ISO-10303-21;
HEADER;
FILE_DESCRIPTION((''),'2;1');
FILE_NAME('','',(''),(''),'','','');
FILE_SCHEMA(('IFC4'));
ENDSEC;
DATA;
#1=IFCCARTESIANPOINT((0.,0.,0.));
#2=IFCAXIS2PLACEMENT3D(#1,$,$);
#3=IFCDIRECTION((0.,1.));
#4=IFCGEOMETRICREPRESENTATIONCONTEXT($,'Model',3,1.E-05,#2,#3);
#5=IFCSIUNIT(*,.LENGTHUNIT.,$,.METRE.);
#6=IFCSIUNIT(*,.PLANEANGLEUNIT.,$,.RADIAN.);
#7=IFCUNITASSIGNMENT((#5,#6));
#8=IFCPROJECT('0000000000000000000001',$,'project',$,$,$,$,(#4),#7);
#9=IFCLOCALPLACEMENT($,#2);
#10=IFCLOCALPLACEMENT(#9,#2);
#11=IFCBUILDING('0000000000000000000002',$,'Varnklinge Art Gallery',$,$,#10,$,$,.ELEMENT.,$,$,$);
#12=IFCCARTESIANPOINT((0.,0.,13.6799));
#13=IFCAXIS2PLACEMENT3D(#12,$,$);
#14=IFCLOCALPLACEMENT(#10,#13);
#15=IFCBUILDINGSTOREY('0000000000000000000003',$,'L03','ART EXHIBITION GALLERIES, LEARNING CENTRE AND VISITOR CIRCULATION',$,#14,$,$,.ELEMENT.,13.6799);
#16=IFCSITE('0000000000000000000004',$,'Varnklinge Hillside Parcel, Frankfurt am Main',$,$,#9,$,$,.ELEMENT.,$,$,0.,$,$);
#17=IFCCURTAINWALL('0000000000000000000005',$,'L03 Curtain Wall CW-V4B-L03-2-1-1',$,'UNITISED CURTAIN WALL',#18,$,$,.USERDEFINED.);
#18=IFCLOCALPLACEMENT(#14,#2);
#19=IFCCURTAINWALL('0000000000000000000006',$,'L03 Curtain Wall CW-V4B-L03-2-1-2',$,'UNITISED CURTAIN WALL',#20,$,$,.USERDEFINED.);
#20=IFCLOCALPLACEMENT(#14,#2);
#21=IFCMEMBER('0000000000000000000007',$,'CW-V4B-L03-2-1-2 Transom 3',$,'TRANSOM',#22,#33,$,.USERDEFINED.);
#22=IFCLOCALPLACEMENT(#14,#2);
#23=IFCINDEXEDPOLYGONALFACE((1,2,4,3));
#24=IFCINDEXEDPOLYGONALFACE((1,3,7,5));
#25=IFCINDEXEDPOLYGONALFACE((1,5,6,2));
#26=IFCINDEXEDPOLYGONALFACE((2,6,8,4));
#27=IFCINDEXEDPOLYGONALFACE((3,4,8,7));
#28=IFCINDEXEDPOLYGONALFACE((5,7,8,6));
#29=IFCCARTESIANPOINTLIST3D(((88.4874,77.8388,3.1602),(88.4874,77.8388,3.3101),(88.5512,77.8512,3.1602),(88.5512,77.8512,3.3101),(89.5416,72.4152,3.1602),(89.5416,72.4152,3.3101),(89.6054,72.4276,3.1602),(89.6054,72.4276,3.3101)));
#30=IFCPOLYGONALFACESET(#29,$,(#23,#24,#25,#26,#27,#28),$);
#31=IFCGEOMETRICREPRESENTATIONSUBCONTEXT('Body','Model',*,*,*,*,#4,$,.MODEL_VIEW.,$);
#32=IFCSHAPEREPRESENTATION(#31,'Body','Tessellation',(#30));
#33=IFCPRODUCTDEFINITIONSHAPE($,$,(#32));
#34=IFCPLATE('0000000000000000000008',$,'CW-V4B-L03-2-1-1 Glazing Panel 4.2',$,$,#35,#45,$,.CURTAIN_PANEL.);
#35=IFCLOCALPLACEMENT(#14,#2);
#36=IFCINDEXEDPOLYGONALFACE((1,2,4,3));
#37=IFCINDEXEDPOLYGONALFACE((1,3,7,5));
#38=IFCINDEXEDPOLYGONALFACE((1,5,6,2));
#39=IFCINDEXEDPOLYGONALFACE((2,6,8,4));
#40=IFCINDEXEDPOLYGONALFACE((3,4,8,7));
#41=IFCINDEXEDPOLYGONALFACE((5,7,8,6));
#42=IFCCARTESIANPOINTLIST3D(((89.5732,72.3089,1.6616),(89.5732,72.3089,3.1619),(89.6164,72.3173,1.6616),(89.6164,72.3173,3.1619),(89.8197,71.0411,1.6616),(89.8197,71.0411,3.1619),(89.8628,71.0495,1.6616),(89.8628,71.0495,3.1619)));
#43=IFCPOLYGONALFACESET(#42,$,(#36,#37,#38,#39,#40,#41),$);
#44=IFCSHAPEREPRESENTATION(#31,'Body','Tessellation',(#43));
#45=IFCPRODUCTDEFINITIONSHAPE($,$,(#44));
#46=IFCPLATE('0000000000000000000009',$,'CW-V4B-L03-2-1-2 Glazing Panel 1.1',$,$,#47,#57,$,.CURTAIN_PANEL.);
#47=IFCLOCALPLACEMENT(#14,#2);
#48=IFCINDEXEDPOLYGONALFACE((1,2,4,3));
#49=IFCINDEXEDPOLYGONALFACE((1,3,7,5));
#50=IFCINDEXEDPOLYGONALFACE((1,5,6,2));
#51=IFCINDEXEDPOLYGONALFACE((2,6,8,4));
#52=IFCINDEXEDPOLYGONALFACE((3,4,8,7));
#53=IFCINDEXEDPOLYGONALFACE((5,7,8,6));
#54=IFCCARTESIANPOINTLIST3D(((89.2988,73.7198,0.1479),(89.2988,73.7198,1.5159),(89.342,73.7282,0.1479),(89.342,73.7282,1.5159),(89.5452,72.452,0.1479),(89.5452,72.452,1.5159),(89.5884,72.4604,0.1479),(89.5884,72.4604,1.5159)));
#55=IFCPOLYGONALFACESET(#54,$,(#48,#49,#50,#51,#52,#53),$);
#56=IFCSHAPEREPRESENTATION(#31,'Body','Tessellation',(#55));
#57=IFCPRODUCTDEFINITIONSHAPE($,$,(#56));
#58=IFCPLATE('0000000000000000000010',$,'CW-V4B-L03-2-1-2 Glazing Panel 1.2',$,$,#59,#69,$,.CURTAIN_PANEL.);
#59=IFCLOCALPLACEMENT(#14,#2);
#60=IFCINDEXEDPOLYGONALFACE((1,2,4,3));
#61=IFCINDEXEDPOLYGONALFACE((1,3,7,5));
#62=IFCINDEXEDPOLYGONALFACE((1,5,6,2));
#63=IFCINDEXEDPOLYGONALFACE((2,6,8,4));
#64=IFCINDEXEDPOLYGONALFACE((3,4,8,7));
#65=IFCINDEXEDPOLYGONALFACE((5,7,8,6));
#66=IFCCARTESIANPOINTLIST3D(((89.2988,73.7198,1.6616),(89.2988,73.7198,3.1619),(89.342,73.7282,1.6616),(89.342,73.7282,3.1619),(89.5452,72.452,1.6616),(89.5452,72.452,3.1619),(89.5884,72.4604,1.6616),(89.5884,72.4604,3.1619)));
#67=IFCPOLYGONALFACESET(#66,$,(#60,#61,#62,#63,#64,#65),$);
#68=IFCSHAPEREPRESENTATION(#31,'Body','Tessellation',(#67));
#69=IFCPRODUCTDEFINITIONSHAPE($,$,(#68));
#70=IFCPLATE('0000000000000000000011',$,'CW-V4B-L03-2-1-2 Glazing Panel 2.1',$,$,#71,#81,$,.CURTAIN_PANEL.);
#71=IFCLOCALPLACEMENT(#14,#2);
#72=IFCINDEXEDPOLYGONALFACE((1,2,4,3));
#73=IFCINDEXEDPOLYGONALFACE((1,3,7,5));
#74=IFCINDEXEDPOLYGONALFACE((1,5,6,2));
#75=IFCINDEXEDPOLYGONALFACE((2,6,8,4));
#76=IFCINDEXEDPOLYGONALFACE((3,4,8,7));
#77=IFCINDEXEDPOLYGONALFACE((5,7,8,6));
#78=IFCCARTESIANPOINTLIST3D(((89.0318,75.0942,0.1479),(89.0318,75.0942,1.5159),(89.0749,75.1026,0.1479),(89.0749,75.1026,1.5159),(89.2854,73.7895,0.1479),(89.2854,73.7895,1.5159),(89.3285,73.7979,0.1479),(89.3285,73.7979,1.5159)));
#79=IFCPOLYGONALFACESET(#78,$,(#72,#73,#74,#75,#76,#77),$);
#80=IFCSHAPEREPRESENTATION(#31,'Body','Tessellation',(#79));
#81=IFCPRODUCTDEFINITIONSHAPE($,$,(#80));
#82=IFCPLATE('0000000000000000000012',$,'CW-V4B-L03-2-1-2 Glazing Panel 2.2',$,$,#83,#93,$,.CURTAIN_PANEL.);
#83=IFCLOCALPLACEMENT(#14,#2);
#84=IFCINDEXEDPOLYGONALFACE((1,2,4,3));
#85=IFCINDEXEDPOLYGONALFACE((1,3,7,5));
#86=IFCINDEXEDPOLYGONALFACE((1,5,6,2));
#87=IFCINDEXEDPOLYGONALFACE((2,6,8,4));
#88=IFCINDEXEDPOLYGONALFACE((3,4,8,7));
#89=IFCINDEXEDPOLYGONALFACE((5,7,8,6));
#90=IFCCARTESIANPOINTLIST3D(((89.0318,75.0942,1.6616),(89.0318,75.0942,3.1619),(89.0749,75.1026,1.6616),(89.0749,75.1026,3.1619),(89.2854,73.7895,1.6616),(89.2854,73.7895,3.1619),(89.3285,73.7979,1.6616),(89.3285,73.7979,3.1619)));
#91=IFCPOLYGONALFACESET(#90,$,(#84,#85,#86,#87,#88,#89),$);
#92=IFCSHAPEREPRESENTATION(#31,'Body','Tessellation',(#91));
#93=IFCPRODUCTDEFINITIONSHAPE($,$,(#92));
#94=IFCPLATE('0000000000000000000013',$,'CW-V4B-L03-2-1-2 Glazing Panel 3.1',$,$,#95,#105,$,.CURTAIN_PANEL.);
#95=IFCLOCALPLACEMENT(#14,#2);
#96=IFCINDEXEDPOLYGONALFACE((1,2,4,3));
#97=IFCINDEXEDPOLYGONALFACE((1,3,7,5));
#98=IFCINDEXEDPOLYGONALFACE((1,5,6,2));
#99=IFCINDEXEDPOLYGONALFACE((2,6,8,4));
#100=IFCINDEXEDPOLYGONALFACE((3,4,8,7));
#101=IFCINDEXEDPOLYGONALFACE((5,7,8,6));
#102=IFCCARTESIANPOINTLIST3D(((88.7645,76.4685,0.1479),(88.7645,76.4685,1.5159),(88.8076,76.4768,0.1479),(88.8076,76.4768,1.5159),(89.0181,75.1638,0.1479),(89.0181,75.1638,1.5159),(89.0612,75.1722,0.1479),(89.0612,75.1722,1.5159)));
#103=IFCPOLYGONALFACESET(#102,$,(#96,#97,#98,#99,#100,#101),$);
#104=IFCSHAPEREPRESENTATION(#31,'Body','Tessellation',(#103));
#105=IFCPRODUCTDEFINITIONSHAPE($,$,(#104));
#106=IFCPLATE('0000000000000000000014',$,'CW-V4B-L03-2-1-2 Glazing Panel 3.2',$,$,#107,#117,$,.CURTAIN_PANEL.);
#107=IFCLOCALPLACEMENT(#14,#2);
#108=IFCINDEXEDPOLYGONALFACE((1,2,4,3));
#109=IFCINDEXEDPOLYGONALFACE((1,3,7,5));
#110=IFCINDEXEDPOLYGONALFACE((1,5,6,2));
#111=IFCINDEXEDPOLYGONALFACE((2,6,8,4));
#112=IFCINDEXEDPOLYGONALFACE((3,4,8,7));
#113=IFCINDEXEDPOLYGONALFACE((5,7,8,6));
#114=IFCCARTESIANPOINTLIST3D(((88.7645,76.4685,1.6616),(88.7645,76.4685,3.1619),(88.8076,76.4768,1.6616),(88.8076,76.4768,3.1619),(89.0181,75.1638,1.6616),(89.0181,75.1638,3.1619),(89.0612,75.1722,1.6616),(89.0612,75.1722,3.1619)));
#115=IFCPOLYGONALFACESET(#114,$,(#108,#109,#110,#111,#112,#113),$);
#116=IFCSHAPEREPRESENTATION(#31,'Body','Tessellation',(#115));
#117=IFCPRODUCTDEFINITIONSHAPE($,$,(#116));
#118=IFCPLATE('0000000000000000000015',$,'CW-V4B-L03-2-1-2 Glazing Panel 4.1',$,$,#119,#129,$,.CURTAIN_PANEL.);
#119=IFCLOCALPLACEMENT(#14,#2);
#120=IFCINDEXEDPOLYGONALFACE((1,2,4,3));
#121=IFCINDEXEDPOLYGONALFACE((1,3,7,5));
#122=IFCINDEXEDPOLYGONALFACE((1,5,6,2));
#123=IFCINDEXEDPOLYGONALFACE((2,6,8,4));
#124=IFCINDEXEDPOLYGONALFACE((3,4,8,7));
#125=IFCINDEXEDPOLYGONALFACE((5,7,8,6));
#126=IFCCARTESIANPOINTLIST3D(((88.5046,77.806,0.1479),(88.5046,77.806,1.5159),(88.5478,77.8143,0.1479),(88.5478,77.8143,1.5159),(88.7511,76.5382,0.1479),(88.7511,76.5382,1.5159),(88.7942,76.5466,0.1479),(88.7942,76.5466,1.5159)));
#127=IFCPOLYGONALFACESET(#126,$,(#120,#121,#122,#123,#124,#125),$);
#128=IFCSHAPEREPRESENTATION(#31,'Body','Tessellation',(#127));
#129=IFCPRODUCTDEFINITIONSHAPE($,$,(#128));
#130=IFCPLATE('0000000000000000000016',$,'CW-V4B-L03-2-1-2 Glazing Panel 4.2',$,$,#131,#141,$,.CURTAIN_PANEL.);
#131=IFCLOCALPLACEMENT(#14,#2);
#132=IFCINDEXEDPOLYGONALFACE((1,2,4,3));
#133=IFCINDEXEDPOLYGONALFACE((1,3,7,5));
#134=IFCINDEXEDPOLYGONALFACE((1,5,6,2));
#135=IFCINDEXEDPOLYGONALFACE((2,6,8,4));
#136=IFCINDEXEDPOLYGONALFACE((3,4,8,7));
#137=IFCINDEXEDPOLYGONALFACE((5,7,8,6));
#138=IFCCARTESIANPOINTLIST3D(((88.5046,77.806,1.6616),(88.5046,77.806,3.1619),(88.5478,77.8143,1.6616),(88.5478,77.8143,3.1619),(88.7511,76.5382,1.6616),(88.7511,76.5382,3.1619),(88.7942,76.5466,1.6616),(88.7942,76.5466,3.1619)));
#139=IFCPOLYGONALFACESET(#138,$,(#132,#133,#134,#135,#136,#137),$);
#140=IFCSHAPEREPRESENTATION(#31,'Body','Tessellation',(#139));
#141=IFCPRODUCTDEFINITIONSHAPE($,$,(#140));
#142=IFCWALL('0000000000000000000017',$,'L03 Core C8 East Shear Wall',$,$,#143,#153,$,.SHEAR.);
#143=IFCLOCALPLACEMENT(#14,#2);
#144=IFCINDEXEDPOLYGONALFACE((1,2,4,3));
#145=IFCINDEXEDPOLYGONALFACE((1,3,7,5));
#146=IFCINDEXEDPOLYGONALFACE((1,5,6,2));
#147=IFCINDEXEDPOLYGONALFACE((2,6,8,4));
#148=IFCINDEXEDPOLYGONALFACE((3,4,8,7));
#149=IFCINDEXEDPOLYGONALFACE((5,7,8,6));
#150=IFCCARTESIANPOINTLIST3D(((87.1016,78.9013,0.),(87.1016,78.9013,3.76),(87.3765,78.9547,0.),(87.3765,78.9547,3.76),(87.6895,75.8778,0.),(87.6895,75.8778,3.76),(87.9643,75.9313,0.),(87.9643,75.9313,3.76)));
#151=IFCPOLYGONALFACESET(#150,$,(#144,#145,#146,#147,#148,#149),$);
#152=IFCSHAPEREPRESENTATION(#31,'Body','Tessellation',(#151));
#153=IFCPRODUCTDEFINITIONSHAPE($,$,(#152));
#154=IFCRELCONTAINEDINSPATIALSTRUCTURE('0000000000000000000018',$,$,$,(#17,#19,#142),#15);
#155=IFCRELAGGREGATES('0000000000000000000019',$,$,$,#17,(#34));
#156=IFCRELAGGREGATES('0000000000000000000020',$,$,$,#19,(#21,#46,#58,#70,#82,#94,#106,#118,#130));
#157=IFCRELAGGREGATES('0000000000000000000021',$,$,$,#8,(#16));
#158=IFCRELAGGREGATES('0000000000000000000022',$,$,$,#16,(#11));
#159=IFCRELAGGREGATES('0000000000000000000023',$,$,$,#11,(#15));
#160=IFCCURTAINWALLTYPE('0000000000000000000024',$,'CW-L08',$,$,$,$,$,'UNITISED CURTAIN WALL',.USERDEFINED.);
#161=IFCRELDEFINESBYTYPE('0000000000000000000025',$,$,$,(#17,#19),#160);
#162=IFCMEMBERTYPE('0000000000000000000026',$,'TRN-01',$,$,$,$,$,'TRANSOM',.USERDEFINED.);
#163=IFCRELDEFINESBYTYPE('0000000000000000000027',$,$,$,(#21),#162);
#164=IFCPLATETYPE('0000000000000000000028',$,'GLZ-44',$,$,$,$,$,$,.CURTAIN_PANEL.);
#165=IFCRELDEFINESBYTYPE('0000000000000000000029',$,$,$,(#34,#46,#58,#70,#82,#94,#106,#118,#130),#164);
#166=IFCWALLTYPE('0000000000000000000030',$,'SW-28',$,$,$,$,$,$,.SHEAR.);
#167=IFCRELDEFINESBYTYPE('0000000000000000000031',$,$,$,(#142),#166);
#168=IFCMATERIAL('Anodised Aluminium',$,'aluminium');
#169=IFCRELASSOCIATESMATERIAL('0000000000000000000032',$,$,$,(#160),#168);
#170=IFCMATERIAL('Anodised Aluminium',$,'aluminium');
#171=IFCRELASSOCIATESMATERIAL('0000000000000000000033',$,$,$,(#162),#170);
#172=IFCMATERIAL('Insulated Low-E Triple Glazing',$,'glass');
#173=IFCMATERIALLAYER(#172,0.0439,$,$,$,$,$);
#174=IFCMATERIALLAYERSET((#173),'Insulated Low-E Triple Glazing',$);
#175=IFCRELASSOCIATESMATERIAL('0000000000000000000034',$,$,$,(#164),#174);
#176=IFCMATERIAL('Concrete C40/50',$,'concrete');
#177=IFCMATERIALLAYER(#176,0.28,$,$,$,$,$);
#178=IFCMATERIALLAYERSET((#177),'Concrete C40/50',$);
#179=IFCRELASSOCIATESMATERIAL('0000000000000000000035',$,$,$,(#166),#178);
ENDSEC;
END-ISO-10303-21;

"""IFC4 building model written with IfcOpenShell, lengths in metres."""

from ifc_helpers import new_model, si_unit, direction, frame, frame_2d, origin, origin_2d, place, context, subcontext, project, spatial, rectangle, extrude, material, layer, layer_set, material_profile, profile_set, type_object, element, aggregate, save


model = new_model("IFC4")

# Units and contexts
model_context = context("Model", 3, precision=1e-05, world=origin(), true_north=direction((0.0, 1.0)))
body_context = subcontext(model_context, "Body", "Model", "MODEL_VIEW")
ifc_project = project(units=[si_unit("LENGTHUNIT", "METRE"), si_unit("PLANEANGLEUNIT", "RADIAN")], contexts=[model_context])

# Site, building, storey
site_placement = place(None, origin())
site = spatial("IfcSite", under=ifc_project, at=site_placement, Name="Varnklinge Hillside Parcel, Frankfurt am Main", CompositionType="ELEMENT", RefElevation=0.0)
building_placement = place(site_placement, origin())
building = spatial("IfcBuilding", under=site, at=building_placement, Name="Varnklinge Art Gallery", CompositionType="ELEMENT")
storey_placement = place(building_placement, frame((0.0, 0.0, 13.6799)))
storey = spatial("IfcBuildingStorey", under=building, at=storey_placement, Name="L03", Description="ART EXHIBITION GALLERIES, LEARNING CENTRE AND VISITOR CIRCULATION", CompositionType="ELEMENT", Elevation=13.6799)

# Curtain wall
ifc_material_1 = material(Name="Anodised Aluminium", Category="aluminium")
curtain_wall_type = type_object("IfcCurtainWallType", Name="CW-L08", ElementType="UNITISED CURTAIN WALL", PredefinedType="USERDEFINED", material=ifc_material_1)
curtain_wall_1_placement = place(storey_placement, origin())
curtain_wall_1 = element("IfcCurtainWall", 1, at=curtain_wall_1_placement, inside=storey, type_object=curtain_wall_type, Name="L03 Curtain Wall CW-V4B-L03-2-1-1", ObjectType="UNITISED CURTAIN WALL", PredefinedType="USERDEFINED")

# Curtain wall
curtain_wall_2_placement = place(storey_placement, origin())
curtain_wall_2 = element("IfcCurtainWall", 2, at=curtain_wall_2_placement, inside=storey, type_object=curtain_wall_type, Name="L03 Curtain Wall CW-V4B-L03-2-1-2", ObjectType="UNITISED CURTAIN WALL", PredefinedType="USERDEFINED")

# Member
ifc_material_2 = material(Name="Anodised Aluminium", Category="aluminium")
ifc_material_profile_1 = material_profile(ifc_material_2, rectangle(XDim=0.0649, YDim=0.1499, at=origin_2d()), Name="ALU 65x150")
ifc_profile_set_1 = profile_set([ifc_material_profile_1], Name="Anodised Aluminium")
member_type_1 = type_object("IfcMemberType", Name="TRN-01", ElementType="TRANSOM", PredefinedType="USERDEFINED", material=ifc_profile_set_1)
member_1_placement = place(storey_placement, frame((89.5735, 72.4214, 3.2351), z_axis=(-0.190802, 0.981628, 0.0), x_axis=(-0.981628, -0.190802, 0.0)))
member_1 = element("IfcMember", 3, at=member_1_placement, type_object=member_type_1, Name="CW-V4B-L03-2-1-2 Transom 3", ObjectType="TRANSOM", PredefinedType="USERDEFINED", context=body_context, shape_type="SweptSolid", body=[
    extrude(rectangle(XDim=0.0649, YDim=0.1499, at=origin_2d()), origin(), (0.0, 0.0, 1.0), 5.5251),
])

# Plates
ifc_material_3 = material(Name="Insulated Low-E Triple Glazing", Category="glass")
ifc_layer_1 = layer(ifc_material_3, 0.0439)
ifc_layer_set_1 = layer_set([ifc_layer_1], Name="Insulated Low-E Triple Glazing")
plate_type = type_object("IfcPlateType", Name="GLZ-44", PredefinedType="CURTAIN_PANEL", material=ifc_layer_set_1)
plate_1_placement = place(storey_placement, frame((89.718, 71.6792, 1.6616), z_axis=(0.0, 0.0, 1.0), x_axis=(-0.190809, 0.981627, 0.0)))
plate_1 = element("IfcPlate", 4, at=plate_1_placement, type_object=plate_type, Name="CW-V4B-L03-2-1-1 Glazing Panel 4.2", PredefinedType="CURTAIN_PANEL", context=body_context, shape_type="SweptSolid", body=[
    extrude(rectangle(XDim=1.2915, YDim=0.0439, at=origin_2d()), origin(), (0.0, 0.0, 1.0), 1.5002),
])
aggregate(curtain_wall_1, [plate_1])
plate_2_placement = place(storey_placement, frame((89.4436, 73.0901, 0.1479), z_axis=(0.0, 0.0, 1.0), x_axis=(-0.190809, 0.981627, 0.0)))
plate_2 = element("IfcPlate", 5, at=plate_2_placement, type_object=plate_type, Name="CW-V4B-L03-2-1-2 Glazing Panel 1.1", PredefinedType="CURTAIN_PANEL", context=body_context, shape_type="SweptSolid", body=[
    extrude(rectangle(XDim=1.2915, YDim=0.0439, at=origin_2d()), origin(), (0.0, 0.0, 1.0), 1.3679),
])
plate_3_placement = place(storey_placement, frame((89.4436, 73.0901, 1.6616), z_axis=(0.0, 0.0, 1.0), x_axis=(-0.190809, 0.981627, 0.0)))
plate_3 = element("IfcPlate", 6, at=plate_3_placement, type_object=plate_type, Name="CW-V4B-L03-2-1-2 Glazing Panel 1.2", PredefinedType="CURTAIN_PANEL", context=body_context, shape_type="SweptSolid", body=[
    extrude(rectangle(XDim=1.2915, YDim=0.0439, at=origin_2d()), origin(), (0.0, 0.0, 1.0), 1.5002),
])
plate_4_placement = place(storey_placement, frame((89.1802, 74.446, 0.1479), z_axis=(0.0, 0.0, 1.0), x_axis=(-0.190809, 0.981627, 0.0)))
plate_4 = element("IfcPlate", 7, at=plate_4_placement, type_object=plate_type, Name="CW-V4B-L03-2-1-2 Glazing Panel 2.1", PredefinedType="CURTAIN_PANEL", context=body_context, shape_type="SweptSolid", body=[
    extrude(rectangle(XDim=1.3291, YDim=0.0439, at=origin_2d()), origin(), (0.0, 0.0, 1.0), 1.3679),
])
plate_5_placement = place(storey_placement, frame((89.1802, 74.446, 1.6616), z_axis=(0.0, 0.0, 1.0), x_axis=(-0.190809, 0.981627, 0.0)))
plate_5 = element("IfcPlate", 8, at=plate_5_placement, type_object=plate_type, Name="CW-V4B-L03-2-1-2 Glazing Panel 2.2", PredefinedType="CURTAIN_PANEL", context=body_context, shape_type="SweptSolid", body=[
    extrude(rectangle(XDim=1.3291, YDim=0.0439, at=origin_2d()), origin(), (0.0, 0.0, 1.0), 1.5002),
])
plate_6_placement = place(storey_placement, frame((88.9128, 75.8203, 0.1479), z_axis=(0.0, 0.0, 1.0), x_axis=(-0.190809, 0.981627, 0.0)))
plate_6 = element("IfcPlate", 9, at=plate_6_placement, type_object=plate_type, Name="CW-V4B-L03-2-1-2 Glazing Panel 3.1", PredefinedType="CURTAIN_PANEL", context=body_context, shape_type="SweptSolid", body=[
    extrude(rectangle(XDim=1.3291, YDim=0.0439, at=origin_2d()), origin(), (0.0, 0.0, 1.0), 1.3679),
])
plate_7_placement = place(storey_placement, frame((88.9128, 75.8203, 1.6616), z_axis=(0.0, 0.0, 1.0), x_axis=(-0.190809, 0.981627, 0.0)))
plate_7 = element("IfcPlate", 10, at=plate_7_placement, type_object=plate_type, Name="CW-V4B-L03-2-1-2 Glazing Panel 3.2", PredefinedType="CURTAIN_PANEL", context=body_context, shape_type="SweptSolid", body=[
    extrude(rectangle(XDim=1.3291, YDim=0.0439, at=origin_2d()), origin(), (0.0, 0.0, 1.0), 1.5002),
])
plate_8_placement = place(storey_placement, frame((88.6494, 77.1763, 0.1479), z_axis=(0.0, 0.0, 1.0), x_axis=(-0.190809, 0.981627, 0.0)))
plate_8 = element("IfcPlate", 11, at=plate_8_placement, type_object=plate_type, Name="CW-V4B-L03-2-1-2 Glazing Panel 4.1", PredefinedType="CURTAIN_PANEL", context=body_context, shape_type="SweptSolid", body=[
    extrude(rectangle(XDim=1.2915, YDim=0.0439, at=origin_2d()), origin(), (0.0, 0.0, 1.0), 1.3679),
])
plate_9_placement = place(storey_placement, frame((88.6494, 77.1763, 1.6616), z_axis=(0.0, 0.0, 1.0), x_axis=(-0.190809, 0.981627, 0.0)))
plate_9 = element("IfcPlate", 12, at=plate_9_placement, type_object=plate_type, Name="CW-V4B-L03-2-1-2 Glazing Panel 4.2", PredefinedType="CURTAIN_PANEL", context=body_context, shape_type="SweptSolid", body=[
    extrude(rectangle(XDim=1.2915, YDim=0.0439, at=origin_2d()), origin(), (0.0, 0.0, 1.0), 1.5002),
])
aggregate(curtain_wall_2, [member_1, plate_2, plate_3, plate_4, plate_5, plate_6, plate_7, plate_8, plate_9])

# Wall
ifc_material_4 = material(Name="Concrete C40/50", Category="concrete")
ifc_layer_2 = layer(ifc_material_4, 0.28)
ifc_layer_set_2 = layer_set([ifc_layer_2], Name="Concrete C40/50")
wall_type = type_object("IfcWallType", Name="SW-28", PredefinedType="SHEAR", material=ifc_layer_set_2)
wall_placement = place(storey_placement, frame((87.8269, 75.9045, 0.0), z_axis=(0.0, 0.0, 1.0), x_axis=(-0.19087, 0.981615, 0.0)))
element("IfcWall", 13, at=wall_placement, inside=storey, type_object=wall_type, Name="L03 Core C8 East Shear Wall", PredefinedType="SHEAR", context=body_context, shape_type="SweptSolid", body=[
    extrude(rectangle(XDim=3.0801, YDim=0.28, at=frame_2d((1.54, 0.0))), origin(), (0.0, 0.0, 1.0), 3.76),
])

save(model, "model.ifc")
